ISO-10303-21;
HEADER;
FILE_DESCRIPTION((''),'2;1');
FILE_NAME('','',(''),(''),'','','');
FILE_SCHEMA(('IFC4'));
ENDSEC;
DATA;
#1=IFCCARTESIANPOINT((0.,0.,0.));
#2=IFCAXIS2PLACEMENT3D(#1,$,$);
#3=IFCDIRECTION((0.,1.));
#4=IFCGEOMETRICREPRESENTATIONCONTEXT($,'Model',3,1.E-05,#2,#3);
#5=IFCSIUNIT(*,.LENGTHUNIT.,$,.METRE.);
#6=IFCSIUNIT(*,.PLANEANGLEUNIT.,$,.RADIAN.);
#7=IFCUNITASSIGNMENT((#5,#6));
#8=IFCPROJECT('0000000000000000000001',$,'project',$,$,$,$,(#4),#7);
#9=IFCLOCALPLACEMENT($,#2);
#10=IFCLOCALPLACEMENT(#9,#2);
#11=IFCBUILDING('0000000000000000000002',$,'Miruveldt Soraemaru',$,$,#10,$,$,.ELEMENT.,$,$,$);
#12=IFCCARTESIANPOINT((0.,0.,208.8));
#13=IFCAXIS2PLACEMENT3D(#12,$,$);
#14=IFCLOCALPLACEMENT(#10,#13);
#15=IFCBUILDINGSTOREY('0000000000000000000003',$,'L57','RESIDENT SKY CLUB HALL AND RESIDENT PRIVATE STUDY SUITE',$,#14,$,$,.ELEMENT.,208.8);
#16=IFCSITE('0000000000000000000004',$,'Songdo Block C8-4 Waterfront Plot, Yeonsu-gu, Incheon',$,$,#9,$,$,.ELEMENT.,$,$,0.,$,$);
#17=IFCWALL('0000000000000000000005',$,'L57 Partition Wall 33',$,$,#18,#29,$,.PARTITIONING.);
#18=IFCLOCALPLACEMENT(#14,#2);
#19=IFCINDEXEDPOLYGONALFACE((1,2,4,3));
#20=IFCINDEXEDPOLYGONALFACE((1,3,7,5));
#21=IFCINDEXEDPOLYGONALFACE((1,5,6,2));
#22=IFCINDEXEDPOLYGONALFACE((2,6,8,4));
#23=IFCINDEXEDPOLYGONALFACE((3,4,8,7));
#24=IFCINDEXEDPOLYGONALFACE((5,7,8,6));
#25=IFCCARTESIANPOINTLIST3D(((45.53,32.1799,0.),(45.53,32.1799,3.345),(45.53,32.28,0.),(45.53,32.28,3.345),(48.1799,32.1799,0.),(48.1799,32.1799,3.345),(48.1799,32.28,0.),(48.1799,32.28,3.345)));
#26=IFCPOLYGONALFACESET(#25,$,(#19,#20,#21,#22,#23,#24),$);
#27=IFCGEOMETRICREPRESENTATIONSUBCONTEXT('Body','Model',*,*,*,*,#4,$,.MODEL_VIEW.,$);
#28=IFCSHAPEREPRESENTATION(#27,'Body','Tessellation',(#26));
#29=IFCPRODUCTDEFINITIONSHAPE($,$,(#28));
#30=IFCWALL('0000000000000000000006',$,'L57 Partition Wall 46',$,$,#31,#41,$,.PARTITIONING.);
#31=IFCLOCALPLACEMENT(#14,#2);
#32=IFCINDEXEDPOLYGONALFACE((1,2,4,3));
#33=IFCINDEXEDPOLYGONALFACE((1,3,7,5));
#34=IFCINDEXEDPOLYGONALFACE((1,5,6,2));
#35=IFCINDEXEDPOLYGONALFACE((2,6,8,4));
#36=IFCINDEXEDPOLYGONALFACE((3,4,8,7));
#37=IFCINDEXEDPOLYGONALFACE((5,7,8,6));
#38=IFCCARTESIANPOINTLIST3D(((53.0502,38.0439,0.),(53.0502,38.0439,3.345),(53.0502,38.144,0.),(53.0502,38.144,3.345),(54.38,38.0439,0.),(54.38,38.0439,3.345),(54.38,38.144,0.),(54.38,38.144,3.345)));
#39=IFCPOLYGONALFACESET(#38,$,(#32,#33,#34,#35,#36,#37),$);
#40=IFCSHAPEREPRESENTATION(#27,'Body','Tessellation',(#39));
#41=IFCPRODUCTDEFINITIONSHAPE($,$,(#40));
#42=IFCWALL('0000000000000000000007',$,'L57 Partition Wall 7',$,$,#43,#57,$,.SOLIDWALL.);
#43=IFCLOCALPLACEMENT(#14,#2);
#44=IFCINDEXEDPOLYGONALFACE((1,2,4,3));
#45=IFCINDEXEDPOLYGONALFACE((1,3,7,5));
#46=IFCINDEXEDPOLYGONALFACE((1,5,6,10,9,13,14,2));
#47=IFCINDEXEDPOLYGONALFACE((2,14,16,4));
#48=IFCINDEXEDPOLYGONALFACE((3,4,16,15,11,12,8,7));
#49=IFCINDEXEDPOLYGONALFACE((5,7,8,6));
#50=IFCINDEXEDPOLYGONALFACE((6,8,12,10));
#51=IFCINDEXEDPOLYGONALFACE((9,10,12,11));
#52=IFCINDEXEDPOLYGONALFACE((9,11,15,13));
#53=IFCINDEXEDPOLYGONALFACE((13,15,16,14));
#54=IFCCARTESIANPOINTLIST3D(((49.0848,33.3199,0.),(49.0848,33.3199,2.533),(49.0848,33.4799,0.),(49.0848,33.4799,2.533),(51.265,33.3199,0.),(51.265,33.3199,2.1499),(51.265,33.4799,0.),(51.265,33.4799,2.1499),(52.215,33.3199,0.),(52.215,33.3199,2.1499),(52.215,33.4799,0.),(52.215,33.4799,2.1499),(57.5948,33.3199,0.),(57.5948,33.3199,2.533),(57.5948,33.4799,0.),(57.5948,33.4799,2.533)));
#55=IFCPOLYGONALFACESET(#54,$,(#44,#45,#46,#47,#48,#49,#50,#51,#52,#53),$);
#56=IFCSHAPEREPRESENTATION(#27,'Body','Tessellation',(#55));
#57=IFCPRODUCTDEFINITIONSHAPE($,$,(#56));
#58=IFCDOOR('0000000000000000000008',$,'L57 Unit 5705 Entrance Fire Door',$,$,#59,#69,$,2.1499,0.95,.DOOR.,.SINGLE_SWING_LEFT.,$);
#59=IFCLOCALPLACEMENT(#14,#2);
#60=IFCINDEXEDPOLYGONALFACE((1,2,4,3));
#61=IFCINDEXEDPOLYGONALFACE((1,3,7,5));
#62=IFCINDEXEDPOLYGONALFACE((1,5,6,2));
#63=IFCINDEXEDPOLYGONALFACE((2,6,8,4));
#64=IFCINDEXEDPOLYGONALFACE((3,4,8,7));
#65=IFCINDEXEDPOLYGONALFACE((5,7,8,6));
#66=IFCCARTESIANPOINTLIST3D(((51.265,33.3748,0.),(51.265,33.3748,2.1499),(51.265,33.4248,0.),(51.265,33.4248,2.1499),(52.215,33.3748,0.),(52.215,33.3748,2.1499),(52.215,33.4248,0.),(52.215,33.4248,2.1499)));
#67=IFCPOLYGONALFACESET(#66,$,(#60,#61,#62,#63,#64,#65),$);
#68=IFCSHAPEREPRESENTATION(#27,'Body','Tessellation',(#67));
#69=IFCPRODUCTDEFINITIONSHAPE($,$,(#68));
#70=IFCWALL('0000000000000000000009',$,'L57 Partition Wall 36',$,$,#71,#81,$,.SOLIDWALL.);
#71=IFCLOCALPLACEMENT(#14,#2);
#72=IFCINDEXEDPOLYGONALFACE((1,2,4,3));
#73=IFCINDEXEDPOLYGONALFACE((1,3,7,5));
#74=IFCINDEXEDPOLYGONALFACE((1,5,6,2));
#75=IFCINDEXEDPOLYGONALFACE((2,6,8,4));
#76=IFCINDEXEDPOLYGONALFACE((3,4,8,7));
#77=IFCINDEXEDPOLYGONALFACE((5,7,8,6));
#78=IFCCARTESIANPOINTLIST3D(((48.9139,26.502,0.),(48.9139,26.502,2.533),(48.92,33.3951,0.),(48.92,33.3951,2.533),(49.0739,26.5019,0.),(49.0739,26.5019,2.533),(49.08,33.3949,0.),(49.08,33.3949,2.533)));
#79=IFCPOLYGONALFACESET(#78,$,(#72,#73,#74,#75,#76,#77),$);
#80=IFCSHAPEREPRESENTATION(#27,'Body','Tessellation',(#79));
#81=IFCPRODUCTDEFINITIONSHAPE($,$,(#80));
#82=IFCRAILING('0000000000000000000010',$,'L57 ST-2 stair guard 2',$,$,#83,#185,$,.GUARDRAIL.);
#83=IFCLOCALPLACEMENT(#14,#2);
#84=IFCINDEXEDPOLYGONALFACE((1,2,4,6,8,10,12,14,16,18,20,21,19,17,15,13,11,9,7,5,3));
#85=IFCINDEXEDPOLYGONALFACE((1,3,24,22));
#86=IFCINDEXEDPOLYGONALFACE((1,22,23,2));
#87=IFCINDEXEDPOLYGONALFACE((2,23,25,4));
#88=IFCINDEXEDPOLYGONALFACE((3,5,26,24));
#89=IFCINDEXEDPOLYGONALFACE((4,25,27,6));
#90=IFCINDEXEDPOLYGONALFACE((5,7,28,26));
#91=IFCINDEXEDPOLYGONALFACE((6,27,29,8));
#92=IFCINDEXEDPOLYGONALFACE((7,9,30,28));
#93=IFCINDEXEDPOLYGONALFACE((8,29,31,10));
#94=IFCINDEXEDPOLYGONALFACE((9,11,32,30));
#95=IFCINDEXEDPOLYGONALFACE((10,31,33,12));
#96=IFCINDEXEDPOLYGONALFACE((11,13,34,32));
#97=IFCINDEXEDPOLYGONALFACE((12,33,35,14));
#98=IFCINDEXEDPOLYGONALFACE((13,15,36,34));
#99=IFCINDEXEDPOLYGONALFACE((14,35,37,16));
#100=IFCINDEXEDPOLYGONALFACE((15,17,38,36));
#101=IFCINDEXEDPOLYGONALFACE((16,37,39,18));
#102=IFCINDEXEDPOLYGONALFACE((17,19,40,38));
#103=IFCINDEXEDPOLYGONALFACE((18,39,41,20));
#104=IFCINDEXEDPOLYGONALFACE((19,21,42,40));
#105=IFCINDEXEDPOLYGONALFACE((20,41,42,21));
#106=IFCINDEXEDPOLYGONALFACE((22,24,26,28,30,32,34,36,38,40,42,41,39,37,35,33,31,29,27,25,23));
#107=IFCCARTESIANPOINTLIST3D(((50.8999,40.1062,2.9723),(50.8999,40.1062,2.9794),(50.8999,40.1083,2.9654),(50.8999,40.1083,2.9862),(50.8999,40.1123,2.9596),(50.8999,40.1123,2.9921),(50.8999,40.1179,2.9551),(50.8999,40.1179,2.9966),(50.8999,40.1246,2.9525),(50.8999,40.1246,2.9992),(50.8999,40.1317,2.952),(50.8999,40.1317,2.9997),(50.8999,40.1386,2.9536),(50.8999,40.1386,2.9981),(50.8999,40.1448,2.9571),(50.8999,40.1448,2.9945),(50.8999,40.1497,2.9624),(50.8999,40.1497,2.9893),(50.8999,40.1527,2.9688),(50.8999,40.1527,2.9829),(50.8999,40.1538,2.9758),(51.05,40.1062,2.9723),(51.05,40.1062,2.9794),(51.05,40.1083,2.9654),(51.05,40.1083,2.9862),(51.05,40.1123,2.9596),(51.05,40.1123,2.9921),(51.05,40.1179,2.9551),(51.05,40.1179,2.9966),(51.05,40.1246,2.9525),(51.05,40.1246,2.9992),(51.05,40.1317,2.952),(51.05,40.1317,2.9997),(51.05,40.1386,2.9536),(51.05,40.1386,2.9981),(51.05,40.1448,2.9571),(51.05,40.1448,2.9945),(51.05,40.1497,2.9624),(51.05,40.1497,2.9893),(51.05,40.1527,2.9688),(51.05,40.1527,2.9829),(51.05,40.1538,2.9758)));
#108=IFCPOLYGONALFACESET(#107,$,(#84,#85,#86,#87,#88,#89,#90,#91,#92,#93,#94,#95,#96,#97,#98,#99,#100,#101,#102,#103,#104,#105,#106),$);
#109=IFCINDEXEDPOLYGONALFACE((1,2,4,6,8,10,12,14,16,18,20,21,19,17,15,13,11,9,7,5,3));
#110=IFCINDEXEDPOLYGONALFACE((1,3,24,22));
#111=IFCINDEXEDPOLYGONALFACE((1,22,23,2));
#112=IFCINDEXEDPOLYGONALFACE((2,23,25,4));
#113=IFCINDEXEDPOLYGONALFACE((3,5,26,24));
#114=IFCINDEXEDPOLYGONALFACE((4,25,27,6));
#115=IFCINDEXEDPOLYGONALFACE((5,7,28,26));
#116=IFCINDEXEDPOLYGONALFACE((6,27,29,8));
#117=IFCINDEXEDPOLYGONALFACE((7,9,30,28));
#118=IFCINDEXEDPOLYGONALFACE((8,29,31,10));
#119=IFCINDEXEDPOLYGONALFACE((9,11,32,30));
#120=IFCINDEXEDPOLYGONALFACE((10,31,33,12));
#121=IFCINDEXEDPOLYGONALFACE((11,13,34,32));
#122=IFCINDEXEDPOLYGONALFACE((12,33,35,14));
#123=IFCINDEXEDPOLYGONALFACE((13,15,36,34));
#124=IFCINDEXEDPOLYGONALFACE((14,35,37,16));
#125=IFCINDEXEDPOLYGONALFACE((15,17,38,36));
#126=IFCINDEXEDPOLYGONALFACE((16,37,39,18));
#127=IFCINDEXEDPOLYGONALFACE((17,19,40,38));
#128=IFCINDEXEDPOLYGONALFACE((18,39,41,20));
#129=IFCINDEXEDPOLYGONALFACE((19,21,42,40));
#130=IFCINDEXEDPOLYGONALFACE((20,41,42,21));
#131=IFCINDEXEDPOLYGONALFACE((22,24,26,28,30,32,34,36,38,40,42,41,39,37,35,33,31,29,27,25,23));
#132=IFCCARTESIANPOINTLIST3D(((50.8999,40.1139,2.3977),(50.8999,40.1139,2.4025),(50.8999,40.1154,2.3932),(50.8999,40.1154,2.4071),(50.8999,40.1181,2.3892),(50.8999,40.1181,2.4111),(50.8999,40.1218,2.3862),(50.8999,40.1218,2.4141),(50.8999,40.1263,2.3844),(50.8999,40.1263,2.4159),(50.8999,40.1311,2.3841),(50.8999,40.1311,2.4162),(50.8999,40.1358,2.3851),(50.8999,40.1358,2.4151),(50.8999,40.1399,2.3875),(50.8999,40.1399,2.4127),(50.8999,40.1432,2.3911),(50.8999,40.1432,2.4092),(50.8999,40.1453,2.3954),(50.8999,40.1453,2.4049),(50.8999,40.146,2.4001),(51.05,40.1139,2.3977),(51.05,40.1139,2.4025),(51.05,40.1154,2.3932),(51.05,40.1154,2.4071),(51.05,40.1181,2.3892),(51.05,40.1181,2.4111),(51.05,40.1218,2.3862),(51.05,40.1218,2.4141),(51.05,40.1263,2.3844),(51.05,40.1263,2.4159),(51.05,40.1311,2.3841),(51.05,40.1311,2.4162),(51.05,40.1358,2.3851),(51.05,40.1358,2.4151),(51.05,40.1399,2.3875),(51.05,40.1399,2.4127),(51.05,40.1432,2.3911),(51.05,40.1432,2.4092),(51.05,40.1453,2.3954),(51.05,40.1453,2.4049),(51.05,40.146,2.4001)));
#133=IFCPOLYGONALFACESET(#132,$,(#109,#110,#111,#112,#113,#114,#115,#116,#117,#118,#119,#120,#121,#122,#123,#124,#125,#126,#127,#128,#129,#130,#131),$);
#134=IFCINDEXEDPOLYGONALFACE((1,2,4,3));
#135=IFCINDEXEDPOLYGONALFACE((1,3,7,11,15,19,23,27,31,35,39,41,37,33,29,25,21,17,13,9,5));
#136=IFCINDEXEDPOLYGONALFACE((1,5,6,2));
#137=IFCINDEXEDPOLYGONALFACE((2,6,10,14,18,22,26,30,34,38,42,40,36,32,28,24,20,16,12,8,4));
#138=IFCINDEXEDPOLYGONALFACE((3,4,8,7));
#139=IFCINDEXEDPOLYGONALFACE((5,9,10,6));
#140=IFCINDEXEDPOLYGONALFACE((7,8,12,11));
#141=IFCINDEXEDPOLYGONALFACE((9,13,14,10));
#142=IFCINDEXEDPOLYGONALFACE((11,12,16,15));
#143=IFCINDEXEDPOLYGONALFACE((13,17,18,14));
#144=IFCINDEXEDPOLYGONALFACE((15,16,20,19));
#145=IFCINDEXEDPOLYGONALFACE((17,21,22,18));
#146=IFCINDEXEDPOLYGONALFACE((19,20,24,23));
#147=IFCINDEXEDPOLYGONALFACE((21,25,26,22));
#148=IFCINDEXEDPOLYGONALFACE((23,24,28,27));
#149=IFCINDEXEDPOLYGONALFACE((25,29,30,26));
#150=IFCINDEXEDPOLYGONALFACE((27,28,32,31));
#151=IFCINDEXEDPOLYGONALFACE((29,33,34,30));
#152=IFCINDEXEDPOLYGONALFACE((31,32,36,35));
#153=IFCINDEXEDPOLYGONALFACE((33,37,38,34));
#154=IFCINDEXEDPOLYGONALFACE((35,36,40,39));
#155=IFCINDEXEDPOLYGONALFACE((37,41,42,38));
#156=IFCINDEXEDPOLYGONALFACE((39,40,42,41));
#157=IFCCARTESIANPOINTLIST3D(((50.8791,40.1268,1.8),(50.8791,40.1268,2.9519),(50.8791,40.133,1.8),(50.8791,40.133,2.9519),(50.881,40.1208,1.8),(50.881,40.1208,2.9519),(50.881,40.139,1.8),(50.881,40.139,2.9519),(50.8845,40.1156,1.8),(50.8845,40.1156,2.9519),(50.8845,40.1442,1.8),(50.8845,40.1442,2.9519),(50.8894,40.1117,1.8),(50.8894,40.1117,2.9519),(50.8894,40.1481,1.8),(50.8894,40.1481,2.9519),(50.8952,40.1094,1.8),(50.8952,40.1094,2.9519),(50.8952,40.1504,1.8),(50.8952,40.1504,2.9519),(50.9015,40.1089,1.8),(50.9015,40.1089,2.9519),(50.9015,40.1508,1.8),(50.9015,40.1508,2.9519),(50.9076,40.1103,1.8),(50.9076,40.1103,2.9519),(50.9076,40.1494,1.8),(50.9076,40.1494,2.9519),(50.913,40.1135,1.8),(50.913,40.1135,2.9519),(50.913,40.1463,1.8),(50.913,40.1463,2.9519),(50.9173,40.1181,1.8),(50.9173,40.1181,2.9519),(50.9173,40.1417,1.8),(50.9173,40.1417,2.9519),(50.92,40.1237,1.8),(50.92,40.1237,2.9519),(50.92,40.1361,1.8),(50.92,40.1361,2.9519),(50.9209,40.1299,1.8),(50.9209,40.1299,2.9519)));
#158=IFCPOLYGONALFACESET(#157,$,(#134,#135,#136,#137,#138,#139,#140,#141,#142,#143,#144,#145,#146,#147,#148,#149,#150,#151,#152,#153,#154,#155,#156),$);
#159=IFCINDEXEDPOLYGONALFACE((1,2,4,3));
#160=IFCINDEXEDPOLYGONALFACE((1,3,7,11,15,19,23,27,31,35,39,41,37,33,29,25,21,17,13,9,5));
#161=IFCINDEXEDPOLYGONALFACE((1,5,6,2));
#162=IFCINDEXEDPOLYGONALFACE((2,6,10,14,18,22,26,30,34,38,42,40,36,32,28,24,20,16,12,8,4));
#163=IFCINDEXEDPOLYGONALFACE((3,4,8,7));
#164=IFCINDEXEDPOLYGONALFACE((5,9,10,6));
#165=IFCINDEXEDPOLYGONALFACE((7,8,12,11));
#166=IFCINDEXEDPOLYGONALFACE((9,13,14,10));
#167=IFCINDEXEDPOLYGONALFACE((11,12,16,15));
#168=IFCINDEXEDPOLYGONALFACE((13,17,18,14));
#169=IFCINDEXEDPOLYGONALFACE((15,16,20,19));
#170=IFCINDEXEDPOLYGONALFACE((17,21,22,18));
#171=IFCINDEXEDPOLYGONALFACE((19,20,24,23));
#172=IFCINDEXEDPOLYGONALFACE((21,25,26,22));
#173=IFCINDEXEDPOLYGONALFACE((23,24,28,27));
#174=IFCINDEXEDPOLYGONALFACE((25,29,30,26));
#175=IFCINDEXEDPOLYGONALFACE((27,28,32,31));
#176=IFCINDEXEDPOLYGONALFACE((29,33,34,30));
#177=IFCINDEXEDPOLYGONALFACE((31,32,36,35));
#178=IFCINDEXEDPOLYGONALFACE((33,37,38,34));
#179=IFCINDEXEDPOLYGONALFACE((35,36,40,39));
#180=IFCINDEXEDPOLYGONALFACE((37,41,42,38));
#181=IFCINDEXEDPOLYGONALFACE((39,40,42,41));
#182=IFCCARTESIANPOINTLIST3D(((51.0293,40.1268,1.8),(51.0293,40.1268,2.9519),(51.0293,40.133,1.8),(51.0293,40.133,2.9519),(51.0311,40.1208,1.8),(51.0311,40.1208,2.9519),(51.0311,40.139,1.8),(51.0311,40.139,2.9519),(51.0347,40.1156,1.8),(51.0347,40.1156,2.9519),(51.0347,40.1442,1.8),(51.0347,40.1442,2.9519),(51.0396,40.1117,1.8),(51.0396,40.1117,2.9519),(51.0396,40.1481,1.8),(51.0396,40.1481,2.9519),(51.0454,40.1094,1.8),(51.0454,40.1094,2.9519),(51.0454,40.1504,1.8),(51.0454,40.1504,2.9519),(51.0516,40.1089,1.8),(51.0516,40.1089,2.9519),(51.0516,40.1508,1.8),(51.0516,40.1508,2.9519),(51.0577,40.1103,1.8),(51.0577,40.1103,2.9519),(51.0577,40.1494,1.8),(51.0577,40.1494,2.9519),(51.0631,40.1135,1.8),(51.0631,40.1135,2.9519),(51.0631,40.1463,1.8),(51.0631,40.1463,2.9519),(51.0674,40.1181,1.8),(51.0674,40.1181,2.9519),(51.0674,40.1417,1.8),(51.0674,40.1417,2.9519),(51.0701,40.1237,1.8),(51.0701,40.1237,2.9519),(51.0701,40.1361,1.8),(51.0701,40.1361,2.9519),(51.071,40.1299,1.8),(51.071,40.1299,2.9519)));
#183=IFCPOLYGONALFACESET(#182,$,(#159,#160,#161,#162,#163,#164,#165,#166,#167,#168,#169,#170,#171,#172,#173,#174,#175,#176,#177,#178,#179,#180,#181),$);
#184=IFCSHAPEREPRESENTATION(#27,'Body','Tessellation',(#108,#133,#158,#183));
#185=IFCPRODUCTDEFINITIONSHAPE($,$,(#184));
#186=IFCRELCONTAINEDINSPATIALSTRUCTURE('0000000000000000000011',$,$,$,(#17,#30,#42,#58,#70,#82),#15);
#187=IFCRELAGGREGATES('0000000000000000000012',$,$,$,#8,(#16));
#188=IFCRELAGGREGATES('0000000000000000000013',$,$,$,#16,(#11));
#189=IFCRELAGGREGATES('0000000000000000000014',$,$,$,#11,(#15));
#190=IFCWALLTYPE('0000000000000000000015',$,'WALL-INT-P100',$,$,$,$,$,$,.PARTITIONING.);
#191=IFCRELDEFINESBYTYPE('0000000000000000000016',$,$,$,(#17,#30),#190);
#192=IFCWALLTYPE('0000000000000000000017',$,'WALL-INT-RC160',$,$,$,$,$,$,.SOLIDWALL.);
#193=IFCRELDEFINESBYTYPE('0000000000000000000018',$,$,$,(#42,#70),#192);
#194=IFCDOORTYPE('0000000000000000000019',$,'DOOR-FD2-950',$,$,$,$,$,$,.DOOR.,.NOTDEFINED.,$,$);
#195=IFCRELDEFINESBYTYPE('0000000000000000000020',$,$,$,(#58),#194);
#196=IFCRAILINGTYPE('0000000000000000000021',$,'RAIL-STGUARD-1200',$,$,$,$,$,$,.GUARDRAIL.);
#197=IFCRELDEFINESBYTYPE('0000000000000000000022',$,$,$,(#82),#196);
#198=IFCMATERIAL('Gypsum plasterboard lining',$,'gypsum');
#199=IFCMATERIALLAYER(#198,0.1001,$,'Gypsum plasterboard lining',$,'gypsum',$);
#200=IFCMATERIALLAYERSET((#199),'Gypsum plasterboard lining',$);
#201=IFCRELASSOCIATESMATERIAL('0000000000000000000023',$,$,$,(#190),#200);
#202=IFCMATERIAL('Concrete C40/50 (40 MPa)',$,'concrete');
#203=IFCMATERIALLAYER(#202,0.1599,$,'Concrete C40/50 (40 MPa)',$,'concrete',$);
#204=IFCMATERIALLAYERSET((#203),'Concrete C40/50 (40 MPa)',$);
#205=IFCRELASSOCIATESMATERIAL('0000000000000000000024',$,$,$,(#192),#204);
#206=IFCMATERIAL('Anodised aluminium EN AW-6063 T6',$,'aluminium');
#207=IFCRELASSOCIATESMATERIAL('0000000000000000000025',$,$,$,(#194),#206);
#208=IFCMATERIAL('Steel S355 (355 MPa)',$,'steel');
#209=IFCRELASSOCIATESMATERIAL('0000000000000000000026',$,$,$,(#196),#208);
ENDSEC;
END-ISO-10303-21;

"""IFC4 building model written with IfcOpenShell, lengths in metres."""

from ifc_helpers import new_model, si_unit, direction, frame, frame_2d, origin, origin_2d, place, context, subcontext, project, spatial, rectangle, circle, extrude, material, layer, layer_set, type_object, element, fill, save


model = new_model("IFC4")

# Units and contexts
model_context = context("Model", 3, precision=1e-05, world=origin(), true_north=direction((0.0, 1.0)))
body_context = subcontext(model_context, "Body", "Model", "MODEL_VIEW")
ifc_project = project(units=[si_unit("LENGTHUNIT", "METRE"), si_unit("PLANEANGLEUNIT", "RADIAN")], contexts=[model_context])

# Site, building, storey
site_placement = place(None, origin())
site = spatial("IfcSite", under=ifc_project, at=site_placement, Name="Songdo Block C8-4 Waterfront Plot, Yeonsu-gu, Incheon", CompositionType="ELEMENT", RefElevation=0.0)
building_placement = place(site_placement, origin())
building = spatial("IfcBuilding", under=site, at=building_placement, Name="Miruveldt Soraemaru", CompositionType="ELEMENT")
storey_placement = place(building_placement, frame((0.0, 0.0, 208.8)))
storey = spatial("IfcBuildingStorey", under=building, at=storey_placement, Name="L57", Description="RESIDENT SKY CLUB HALL AND RESIDENT PRIVATE STUDY SUITE", CompositionType="ELEMENT", Elevation=208.8)

# Walls
ifc_material_1 = material(Name="Gypsum plasterboard lining", Category="gypsum")
ifc_layer_1 = layer(ifc_material_1, 0.1001, Name="Gypsum plasterboard lining", Category="gypsum")
ifc_layer_set_1 = layer_set([ifc_layer_1], Name="Gypsum plasterboard lining")
wall_type_1 = type_object("IfcWallType", Name="WALL-INT-P100", PredefinedType="PARTITIONING", material=ifc_layer_set_1)
wall_1_placement = place(storey_placement, frame((48.1799, 32.23, 0.0), z_axis=(0.0, 0.0, 1.0), x_axis=(-1.0, 0.0, 0.0)))
element("IfcWall", 1, at=wall_1_placement, inside=storey, type_object=wall_type_1, Name="L57 Partition Wall 33", PredefinedType="PARTITIONING", context=body_context, shape_type="SweptSolid", body=[
    extrude(rectangle(XDim=2.6499, YDim=0.1001, at=frame_2d((1.325, 0.0))), origin(), (0.0, 0.0, 1.0), 3.345),
])
wall_2_placement = place(storey_placement, frame((53.05, 38.094, 0.0), z_axis=(0.0, 0.0, 1.0), x_axis=(1.0, 0.0, 0.0)))
element("IfcWall", 2, at=wall_2_placement, inside=storey, type_object=wall_type_1, Name="L57 Partition Wall 46", PredefinedType="PARTITIONING", context=body_context, shape_type="SweptSolid", body=[
    extrude(rectangle(XDim=1.3298, YDim=0.1001, at=frame_2d((0.665, 0.0))), origin(), (0.0, 0.0, 1.0), 3.345),
])

# Wall, opening, door
ifc_material_2 = material(Name="Concrete C40/50 (40 MPa)", Category="concrete")
ifc_layer_2 = layer(ifc_material_2, 0.1599, Name="Concrete C40/50 (40 MPa)", Category="concrete")
ifc_layer_set_2 = layer_set([ifc_layer_2], Name="Concrete C40/50 (40 MPa)")
wall_type_2 = type_object("IfcWallType", Name="WALL-INT-RC160", PredefinedType="SOLIDWALL", material=ifc_layer_set_2)
wall_3_placement = place(storey_placement, frame((49.085, 33.3999, 0.0), z_axis=(0.0, 0.0, 1.0), x_axis=(1.0, 0.0, 0.0)))
wall_3 = element("IfcWall", 3, at=wall_3_placement, inside=storey, type_object=wall_type_2, Name="L57 Partition Wall 7", PredefinedType="SOLIDWALL", context=body_context, shape_type="SweptSolid", body=[
    extrude(rectangle(XDim=8.51, YDim=0.1599, at=frame_2d((4.2549, 0.0))), origin(), (0.0, 0.0, 1.0), 2.533),
])
opening_1_placement = place(wall_3_placement, frame((2.1799, 0.0, 0.0)))
opening_1 = element("IfcOpeningElement", 4, at=opening_1_placement, cuts=wall_3, PredefinedType="OPENING", context=body_context, shape_type="SweptSolid", body=[
    extrude(rectangle(XDim=0.95, YDim=2.1499, at=frame_2d((0.4751, 1.075))), frame((0.0, 0.0898, 0.0), z_axis=(0.0, -1.0, 0.0), x_axis=(1.0, 0.0, 0.0)), (0.0, 0.0, 1.0), 0.1799),
])
ifc_material_3 = material(Name="Anodised aluminium EN AW-6063 T6", Category="aluminium")
door_type = type_object("IfcDoorType", Name="DOOR-FD2-950", OperationType="NOTDEFINED", PredefinedType="DOOR", material=ifc_material_3)
door_placement = place(opening_1_placement, origin())
door = element("IfcDoor", 5, at=door_placement, inside=storey, type_object=door_type, Name="L57 Unit 5705 Entrance Fire Door", OperationType="SINGLE_SWING_LEFT", OverallHeight=2.1499, OverallWidth=0.95, PredefinedType="DOOR", context=body_context, shape_type="SweptSolid", body=[
    extrude(rectangle(XDim=0.95, YDim=2.1499, at=frame_2d((0.4751, 1.075))), frame((0.0, 0.0249, 0.0), z_axis=(0.0, -1.0, 0.0), x_axis=(1.0, 0.0, 0.0)), (0.0, 0.0, 1.0), 0.05),
])
fill(opening_1, door)

# Wall
wall_4_placement = place(storey_placement, frame((48.9939, 26.502, 0.0), z_axis=(0.0, 0.0, 1.0), x_axis=(0.000885, 1.0, 0.0)))
element("IfcWall", 6, at=wall_4_placement, inside=storey, type_object=wall_type_2, Name="L57 Partition Wall 36", PredefinedType="SOLIDWALL", context=body_context, shape_type="SweptSolid", body=[
    extrude(rectangle(XDim=6.8931, YDim=0.1599, at=frame_2d((3.4465, 0.0))), origin(), (0.0, 0.0, 1.0), 2.533),
])

# Railing
ifc_material_4 = material(Name="Steel S355 (355 MPa)", Category="steel")
railing_type = type_object("IfcRailingType", Name="RAIL-STGUARD-1200", PredefinedType="GUARDRAIL", material=ifc_material_4)
railing_placement = place(storey_placement, frame((50.8999, 40.1299, 1.8)))
element("IfcRailing", 7, at=railing_placement, inside=storey, type_object=railing_type, Name="L57 ST-2 stair guard 2", PredefinedType="GUARDRAIL", context=body_context, shape_type="SweptSolid", body=[
    extrude(circle(Radius=0.0239, at=origin_2d()), frame((0.0, 0.0, 1.1758), z_axis=(1.0, 0.0, 0.0), x_axis=(0.0, 1.0, 0.0)), (0.0, 0.0, 1.0), 0.1501),
    extrude(circle(Radius=0.0161, at=origin_2d()), frame((0.0, 0.0, 0.6001), z_axis=(1.0, 0.0, 0.0), x_axis=(0.0, 1.0, 0.0)), (0.0, 0.0, 1.0), 0.1501),
    extrude(circle(Radius=0.021, at=origin_2d()), origin(), (0.0, 0.0, 1.0), 1.1519),
    extrude(circle(Radius=0.021, at=origin_2d()), frame((0.1501, 0.0, 0.0)), (0.0, 0.0, 1.0), 1.1519),
])

save(model, "model.ifc")
